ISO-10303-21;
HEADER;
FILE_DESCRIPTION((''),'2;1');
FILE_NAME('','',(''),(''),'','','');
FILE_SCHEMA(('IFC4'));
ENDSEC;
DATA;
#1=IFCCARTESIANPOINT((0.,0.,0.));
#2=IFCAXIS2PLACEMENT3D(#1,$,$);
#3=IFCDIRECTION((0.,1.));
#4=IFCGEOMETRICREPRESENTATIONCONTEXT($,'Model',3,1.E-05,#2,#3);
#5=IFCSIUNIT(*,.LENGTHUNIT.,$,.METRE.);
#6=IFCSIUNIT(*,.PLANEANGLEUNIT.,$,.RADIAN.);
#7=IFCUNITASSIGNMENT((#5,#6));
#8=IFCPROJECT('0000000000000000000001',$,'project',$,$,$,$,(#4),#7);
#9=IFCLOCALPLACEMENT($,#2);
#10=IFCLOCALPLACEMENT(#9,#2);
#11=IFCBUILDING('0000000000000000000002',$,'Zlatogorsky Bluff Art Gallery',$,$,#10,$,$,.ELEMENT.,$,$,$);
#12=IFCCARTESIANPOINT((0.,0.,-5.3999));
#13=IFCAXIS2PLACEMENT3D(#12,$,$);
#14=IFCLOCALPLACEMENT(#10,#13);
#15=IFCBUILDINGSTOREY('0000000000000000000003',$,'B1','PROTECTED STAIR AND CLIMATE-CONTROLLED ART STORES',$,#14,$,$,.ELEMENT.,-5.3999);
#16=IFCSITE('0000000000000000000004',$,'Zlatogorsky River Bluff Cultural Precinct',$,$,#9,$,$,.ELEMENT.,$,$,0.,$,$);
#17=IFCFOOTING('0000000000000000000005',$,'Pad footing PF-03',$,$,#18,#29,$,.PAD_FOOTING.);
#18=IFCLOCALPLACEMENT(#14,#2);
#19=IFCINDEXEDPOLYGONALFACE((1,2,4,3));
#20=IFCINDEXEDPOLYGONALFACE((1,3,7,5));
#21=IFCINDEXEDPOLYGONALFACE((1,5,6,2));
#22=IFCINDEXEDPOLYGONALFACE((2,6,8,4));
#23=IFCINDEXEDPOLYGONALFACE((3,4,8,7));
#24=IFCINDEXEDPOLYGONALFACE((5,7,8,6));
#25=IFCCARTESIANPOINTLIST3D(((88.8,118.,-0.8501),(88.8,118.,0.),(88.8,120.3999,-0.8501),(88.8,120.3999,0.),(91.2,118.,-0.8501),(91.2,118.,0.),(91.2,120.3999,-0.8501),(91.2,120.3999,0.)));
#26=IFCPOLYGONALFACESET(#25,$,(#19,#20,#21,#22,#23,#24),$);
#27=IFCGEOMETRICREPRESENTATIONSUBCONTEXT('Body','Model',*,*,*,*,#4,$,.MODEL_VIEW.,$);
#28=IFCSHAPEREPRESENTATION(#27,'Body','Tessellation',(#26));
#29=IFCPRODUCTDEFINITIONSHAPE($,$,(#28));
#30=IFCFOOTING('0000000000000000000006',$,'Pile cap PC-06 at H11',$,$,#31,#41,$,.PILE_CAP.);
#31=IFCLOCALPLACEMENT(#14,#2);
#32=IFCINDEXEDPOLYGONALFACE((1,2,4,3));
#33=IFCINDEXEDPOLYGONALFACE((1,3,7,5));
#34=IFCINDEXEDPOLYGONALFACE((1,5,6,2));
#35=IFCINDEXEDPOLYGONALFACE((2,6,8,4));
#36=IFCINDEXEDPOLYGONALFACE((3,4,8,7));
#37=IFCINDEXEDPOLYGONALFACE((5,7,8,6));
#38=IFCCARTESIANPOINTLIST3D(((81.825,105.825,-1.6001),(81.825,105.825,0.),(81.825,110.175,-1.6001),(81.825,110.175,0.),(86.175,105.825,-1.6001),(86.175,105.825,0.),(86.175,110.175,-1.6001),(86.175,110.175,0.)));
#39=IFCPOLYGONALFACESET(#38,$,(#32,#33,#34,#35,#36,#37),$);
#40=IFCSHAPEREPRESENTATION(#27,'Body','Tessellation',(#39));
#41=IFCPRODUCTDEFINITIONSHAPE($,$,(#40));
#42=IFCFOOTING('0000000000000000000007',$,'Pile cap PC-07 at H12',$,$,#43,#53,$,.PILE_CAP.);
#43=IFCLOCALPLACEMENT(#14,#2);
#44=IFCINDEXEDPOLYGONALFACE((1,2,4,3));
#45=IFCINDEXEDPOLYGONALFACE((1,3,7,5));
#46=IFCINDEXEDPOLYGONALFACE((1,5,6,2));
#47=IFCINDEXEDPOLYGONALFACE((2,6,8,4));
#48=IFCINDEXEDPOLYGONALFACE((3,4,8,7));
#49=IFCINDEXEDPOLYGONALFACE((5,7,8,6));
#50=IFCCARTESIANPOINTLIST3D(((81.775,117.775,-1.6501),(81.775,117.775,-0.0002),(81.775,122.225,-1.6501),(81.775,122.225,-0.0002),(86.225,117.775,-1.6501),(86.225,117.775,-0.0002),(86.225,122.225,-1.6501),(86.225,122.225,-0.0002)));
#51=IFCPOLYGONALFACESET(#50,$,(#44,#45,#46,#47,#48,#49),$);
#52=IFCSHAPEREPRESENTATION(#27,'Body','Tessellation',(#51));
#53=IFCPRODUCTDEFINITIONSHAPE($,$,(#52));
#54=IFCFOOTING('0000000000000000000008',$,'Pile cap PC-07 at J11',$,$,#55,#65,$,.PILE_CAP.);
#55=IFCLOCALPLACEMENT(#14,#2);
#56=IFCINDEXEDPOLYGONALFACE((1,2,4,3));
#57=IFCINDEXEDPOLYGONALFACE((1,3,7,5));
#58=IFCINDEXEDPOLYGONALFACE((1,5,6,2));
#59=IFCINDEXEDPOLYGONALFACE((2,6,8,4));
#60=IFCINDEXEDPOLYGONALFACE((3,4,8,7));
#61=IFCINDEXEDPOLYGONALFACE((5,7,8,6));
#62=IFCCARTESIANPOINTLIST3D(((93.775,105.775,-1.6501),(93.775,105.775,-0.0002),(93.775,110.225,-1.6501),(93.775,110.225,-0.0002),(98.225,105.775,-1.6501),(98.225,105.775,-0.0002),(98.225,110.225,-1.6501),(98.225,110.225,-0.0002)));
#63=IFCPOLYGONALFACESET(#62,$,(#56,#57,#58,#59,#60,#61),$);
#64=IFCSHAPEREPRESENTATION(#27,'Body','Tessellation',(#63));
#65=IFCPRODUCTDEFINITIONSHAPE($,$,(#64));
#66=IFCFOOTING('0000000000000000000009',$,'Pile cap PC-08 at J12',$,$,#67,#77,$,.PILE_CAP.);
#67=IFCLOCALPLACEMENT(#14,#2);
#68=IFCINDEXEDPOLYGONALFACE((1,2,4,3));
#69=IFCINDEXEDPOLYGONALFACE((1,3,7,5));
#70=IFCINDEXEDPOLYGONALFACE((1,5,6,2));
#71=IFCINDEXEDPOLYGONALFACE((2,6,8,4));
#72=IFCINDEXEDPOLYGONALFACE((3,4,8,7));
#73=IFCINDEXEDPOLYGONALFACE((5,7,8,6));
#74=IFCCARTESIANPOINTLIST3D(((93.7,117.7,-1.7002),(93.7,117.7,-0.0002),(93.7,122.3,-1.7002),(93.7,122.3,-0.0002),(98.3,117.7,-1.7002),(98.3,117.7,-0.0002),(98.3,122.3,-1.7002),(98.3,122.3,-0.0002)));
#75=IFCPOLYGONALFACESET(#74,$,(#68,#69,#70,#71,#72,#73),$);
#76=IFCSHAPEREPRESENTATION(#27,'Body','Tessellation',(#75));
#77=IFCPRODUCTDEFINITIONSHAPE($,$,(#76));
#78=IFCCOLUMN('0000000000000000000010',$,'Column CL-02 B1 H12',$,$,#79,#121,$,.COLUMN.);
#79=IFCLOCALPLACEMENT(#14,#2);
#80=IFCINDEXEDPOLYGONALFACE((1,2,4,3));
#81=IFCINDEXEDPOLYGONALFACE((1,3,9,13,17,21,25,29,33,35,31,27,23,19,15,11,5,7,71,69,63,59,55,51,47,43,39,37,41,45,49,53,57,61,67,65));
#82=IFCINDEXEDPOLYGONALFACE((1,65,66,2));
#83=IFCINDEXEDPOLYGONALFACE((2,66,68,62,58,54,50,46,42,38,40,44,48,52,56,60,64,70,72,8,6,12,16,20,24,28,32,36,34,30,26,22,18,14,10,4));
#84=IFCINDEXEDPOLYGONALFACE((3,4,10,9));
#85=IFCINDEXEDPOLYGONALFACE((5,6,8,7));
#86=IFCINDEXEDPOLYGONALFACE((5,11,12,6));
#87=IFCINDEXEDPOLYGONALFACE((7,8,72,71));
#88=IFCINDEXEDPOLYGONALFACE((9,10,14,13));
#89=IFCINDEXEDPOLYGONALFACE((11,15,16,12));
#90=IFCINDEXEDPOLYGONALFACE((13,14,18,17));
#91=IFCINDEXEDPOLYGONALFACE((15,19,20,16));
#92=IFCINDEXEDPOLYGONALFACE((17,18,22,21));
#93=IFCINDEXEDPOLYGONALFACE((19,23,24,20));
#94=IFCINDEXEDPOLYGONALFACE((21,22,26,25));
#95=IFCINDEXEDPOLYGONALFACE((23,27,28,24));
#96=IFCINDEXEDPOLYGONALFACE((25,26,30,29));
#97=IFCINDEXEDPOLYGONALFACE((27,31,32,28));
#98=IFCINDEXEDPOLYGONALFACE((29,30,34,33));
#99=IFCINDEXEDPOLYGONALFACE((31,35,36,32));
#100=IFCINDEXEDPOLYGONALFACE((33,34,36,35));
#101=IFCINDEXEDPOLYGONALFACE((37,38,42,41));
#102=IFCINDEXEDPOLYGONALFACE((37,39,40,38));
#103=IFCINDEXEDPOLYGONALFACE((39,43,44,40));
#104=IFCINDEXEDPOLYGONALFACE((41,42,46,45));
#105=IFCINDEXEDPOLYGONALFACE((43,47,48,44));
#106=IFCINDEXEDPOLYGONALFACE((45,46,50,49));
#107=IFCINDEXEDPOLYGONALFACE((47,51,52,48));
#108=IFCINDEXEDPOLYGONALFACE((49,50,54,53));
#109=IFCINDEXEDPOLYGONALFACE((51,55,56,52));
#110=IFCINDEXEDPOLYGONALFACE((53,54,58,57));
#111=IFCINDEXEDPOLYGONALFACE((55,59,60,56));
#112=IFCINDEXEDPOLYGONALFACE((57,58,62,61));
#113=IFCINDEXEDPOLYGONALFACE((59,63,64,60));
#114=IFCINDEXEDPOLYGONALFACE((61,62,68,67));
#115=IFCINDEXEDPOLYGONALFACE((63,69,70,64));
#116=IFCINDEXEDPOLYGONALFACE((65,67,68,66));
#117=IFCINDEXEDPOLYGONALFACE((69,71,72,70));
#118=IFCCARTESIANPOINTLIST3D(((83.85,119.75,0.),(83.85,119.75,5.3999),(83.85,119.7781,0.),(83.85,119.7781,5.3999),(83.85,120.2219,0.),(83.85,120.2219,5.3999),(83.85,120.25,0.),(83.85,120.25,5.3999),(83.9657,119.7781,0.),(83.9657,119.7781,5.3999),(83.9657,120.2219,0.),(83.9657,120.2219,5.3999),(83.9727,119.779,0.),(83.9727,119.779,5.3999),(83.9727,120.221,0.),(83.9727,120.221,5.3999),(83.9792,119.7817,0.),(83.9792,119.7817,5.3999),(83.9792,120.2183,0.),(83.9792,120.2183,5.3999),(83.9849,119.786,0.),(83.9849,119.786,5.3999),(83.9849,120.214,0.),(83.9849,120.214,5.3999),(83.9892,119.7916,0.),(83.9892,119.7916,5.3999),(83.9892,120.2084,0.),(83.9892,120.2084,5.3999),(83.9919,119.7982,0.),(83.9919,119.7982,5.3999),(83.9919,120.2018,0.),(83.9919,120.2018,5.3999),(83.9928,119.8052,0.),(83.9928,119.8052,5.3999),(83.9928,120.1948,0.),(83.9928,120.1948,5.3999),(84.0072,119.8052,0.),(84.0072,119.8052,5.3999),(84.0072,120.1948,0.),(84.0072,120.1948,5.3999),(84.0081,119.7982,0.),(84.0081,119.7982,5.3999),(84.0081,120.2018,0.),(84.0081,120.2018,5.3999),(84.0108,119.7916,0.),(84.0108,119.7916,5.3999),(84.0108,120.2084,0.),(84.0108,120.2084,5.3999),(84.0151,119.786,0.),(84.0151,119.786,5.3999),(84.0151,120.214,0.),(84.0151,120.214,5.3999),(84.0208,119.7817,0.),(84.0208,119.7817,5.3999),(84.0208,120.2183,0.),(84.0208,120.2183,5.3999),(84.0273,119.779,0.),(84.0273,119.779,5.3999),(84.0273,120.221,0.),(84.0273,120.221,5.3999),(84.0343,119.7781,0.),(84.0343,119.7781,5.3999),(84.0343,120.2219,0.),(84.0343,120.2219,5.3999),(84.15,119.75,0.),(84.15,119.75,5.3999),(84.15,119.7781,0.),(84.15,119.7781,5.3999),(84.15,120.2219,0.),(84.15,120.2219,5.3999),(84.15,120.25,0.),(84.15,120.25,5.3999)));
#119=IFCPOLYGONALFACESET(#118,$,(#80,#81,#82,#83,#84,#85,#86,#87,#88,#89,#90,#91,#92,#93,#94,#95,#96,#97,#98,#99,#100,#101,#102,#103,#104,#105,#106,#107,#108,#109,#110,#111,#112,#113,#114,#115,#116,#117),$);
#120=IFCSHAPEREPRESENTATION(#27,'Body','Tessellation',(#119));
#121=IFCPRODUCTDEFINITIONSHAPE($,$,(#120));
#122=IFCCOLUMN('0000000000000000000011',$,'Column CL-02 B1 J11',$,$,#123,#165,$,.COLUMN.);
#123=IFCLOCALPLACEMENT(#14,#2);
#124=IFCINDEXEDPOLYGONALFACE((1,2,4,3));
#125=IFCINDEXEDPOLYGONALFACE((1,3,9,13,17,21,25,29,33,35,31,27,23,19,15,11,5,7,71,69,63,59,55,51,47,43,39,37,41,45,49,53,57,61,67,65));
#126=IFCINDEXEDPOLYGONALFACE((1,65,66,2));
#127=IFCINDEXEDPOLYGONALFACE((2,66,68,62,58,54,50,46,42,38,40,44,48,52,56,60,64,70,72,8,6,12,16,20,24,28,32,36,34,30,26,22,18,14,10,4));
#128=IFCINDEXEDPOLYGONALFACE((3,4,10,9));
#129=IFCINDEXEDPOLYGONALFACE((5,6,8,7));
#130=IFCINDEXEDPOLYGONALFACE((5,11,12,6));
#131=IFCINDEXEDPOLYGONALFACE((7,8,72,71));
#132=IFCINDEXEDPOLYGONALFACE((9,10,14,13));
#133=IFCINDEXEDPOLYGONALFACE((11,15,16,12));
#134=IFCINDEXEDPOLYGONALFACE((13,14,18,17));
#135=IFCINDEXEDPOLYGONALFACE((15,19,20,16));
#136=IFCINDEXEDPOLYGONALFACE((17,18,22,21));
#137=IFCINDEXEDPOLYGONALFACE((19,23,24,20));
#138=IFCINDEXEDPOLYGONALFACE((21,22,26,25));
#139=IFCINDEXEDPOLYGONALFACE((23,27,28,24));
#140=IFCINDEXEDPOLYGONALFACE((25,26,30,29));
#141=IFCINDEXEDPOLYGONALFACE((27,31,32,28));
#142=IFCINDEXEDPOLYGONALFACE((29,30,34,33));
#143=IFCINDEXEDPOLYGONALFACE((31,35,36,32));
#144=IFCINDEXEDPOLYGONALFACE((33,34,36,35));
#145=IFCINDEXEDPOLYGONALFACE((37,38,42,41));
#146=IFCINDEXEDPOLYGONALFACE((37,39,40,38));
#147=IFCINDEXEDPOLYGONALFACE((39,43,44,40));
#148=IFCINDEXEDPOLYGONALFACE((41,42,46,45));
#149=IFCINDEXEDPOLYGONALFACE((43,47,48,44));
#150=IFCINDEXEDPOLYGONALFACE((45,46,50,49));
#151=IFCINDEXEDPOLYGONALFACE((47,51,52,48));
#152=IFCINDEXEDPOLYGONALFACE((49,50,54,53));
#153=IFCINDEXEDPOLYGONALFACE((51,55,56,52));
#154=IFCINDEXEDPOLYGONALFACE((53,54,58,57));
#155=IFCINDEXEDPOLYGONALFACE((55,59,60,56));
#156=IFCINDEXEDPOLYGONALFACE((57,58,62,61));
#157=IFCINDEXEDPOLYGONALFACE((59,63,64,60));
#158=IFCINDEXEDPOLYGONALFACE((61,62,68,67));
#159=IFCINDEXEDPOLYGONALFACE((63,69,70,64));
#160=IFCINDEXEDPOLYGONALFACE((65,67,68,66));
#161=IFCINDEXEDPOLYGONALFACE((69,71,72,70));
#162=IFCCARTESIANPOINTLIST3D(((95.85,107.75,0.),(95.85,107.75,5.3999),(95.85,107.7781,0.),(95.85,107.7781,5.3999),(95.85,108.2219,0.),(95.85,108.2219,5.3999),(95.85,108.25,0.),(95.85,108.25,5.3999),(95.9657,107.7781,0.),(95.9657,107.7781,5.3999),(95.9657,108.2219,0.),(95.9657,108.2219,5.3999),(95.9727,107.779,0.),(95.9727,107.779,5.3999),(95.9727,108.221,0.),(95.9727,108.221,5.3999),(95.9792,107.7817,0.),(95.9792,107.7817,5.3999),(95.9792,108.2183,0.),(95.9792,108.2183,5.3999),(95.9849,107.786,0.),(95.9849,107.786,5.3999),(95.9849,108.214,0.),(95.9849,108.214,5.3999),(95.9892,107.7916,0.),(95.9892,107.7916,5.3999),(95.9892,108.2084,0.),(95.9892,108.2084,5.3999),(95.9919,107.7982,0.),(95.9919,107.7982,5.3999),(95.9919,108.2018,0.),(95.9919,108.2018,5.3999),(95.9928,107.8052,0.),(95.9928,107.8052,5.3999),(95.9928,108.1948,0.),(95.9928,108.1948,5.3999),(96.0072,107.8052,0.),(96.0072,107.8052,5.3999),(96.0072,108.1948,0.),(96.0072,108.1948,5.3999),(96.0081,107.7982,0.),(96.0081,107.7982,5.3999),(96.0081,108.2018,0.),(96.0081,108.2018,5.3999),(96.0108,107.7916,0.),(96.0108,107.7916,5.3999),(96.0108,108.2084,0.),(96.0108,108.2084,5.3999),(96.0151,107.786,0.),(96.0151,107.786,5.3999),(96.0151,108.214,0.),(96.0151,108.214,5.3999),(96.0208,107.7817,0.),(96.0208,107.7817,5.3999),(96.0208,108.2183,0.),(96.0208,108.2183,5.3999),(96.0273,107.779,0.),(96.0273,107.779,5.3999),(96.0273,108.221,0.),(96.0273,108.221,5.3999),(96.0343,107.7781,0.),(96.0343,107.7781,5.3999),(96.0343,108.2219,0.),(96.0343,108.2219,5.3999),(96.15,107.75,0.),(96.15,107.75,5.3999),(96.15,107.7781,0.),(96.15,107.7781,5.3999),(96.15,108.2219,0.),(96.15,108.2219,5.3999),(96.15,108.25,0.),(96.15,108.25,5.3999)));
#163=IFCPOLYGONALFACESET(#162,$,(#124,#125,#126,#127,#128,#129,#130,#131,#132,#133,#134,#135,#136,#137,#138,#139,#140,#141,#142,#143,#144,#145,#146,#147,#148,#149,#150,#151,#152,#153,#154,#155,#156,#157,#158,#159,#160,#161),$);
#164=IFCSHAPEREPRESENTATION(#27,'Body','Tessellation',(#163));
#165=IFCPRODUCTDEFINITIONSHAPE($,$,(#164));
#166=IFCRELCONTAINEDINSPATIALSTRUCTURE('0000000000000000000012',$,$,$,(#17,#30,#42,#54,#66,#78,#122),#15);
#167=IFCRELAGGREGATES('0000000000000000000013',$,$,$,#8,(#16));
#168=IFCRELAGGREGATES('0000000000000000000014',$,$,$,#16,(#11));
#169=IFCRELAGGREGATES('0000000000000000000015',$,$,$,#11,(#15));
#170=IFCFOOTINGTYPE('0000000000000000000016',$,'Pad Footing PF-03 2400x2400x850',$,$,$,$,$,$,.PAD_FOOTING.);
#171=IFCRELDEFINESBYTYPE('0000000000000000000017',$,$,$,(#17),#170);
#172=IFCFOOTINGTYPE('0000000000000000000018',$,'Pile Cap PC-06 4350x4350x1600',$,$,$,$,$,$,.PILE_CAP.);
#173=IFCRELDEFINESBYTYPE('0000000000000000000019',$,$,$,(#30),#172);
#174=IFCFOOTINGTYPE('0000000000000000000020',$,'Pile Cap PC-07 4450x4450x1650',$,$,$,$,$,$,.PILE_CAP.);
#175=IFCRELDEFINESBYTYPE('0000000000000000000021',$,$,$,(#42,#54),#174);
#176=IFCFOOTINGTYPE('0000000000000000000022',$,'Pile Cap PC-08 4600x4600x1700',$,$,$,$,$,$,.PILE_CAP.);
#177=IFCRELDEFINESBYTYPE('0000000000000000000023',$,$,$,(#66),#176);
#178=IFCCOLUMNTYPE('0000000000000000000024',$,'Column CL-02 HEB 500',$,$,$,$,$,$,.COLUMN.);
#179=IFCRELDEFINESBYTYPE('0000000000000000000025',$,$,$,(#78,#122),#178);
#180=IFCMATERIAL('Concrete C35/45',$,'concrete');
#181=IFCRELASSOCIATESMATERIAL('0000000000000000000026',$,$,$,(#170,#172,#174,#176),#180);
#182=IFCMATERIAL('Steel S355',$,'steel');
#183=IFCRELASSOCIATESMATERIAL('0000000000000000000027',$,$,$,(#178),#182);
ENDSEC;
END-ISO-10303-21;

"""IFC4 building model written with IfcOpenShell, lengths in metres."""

from ifc_helpers import new_model, si_unit, direction, frame, origin, origin_2d, place, context, subcontext, project, spatial, rectangle, i_section, extrude, material, material_profile, profile_set, type_object, element, save


model = new_model("IFC4")

# Units and contexts
model_context = context("Model", 3, precision=1e-05, world=origin(), true_north=direction((0.0, 1.0)))
body_context = subcontext(model_context, "Body", "Model", "MODEL_VIEW")
ifc_project = project(units=[si_unit("LENGTHUNIT", "METRE"), si_unit("PLANEANGLEUNIT", "RADIAN")], contexts=[model_context])

# Site, building, storey
site_placement = place(None, origin())
site = spatial("IfcSite", under=ifc_project, at=site_placement, Name="Zlatogorsky River Bluff Cultural Precinct", CompositionType="ELEMENT", RefElevation=0.0)
building_placement = place(site_placement, origin())
building = spatial("IfcBuilding", under=site, at=building_placement, Name="Zlatogorsky Bluff Art Gallery", CompositionType="ELEMENT")
storey_placement = place(building_placement, frame((0.0, 0.0, -5.3999)))
storey = spatial("IfcBuildingStorey", under=building, at=storey_placement, Name="B1", Description="PROTECTED STAIR AND CLIMATE-CONTROLLED ART STORES", CompositionType="ELEMENT", Elevation=-5.3999)

# Shared definitions
ifc_material_1 = material(Name="Concrete C35/45", Category="concrete")

# Footings
footing_type_1 = type_object("IfcFootingType", Name="Pad Footing PF-03 2400x2400x850", PredefinedType="PAD_FOOTING", material=ifc_material_1)
footing_1_placement = place(storey_placement, frame((90.0, 119.2, -0.8501), z_axis=(0.0, 0.0, 1.0), x_axis=(1.0, 0.0, 0.0)))
element("IfcFooting", 1, at=footing_1_placement, inside=storey, type_object=footing_type_1, Name="Pad footing PF-03", PredefinedType="PAD_FOOTING", context=body_context, shape_type="SweptSolid", body=[
    extrude(rectangle(XDim=2.3999, YDim=2.3999, at=origin_2d()), origin(), (0.0, 0.0, 1.0), 0.8501),
])
footing_type_2 = type_object("IfcFootingType", Name="Pile Cap PC-06 4350x4350x1600", PredefinedType="PILE_CAP", material=ifc_material_1)
footing_2_placement = place(storey_placement, frame((84.0, 108.0, -1.6001), z_axis=(0.0, 0.0, 1.0), x_axis=(1.0, 0.0, 0.0)))
element("IfcFooting", 2, at=footing_2_placement, inside=storey, type_object=footing_type_2, Name="Pile cap PC-06 at H11", PredefinedType="PILE_CAP", context=body_context, shape_type="SweptSolid", body=[
    extrude(rectangle(XDim=4.3501, YDim=4.3501, at=origin_2d()), origin(), (0.0, 0.0, 1.0), 1.6001),
])
footing_type_3 = type_object("IfcFootingType", Name="Pile Cap PC-07 4450x4450x1650", PredefinedType="PILE_CAP", material=ifc_material_1)
for number, where, z_axis, x_axis, name in (
    (3, (84.0, 120.0, -1.6501), (0.0, 0.0, 1.0), (1.0, 0.0, 0.0), "Pile cap PC-07 at H12"),
    (4, (96.0, 108.0, -1.6501), (0.0, 0.0, 1.0), (1.0, 0.0, 0.0), "Pile cap PC-07 at J11"),
):
    element("IfcFooting", number, at=place(storey_placement, frame(where, z_axis=z_axis, x_axis=x_axis)), inside=storey, type_object=footing_type_3, Name=name, PredefinedType="PILE_CAP", context=body_context, shape_type="SweptSolid", body=[
        extrude(rectangle(XDim=4.45, YDim=4.45, at=origin_2d()), origin(), (0.0, 0.0, 1.0), 1.6499),
    ])
footing_type_4 = type_object("IfcFootingType", Name="Pile Cap PC-08 4600x4600x1700", PredefinedType="PILE_CAP", material=ifc_material_1)
footing_3_placement = place(storey_placement, frame((96.0, 120.0, -1.7002), z_axis=(0.0, 0.0, 1.0), x_axis=(1.0, 0.0, 0.0)))
element("IfcFooting", 5, at=footing_3_placement, inside=storey, type_object=footing_type_4, Name="Pile cap PC-08 at J12", PredefinedType="PILE_CAP", context=body_context, shape_type="SweptSolid", body=[
    extrude(rectangle(XDim=4.6001, YDim=4.6001, at=origin_2d()), origin(), (0.0, 0.0, 1.0), 1.7),
])

# Columns
ifc_material_2 = material(Name="Steel S355", Category="steel")
ifc_material_profile_1 = material_profile(ifc_material_2, i_section(OverallWidth=0.3, OverallDepth=0.5, WebThickness=0.0144, FlangeThickness=0.0281, FilletRadius=0.0271, at=origin_2d()), Name="HEB 500")
ifc_profile_set_1 = profile_set([ifc_material_profile_1], Name="Steel S355")
column_type_1 = type_object("IfcColumnType", Name="Column CL-02 HEB 500", PredefinedType="COLUMN", material=ifc_profile_set_1)
for number, where, z_axis, x_axis, name in (
    (6, (84.0, 120.0, 0.0), (0.0, 0.0, 1.0), (1.0, 0.0, 0.0), "Column CL-02 B1 H12"),
    (7, (96.0, 108.0, 0.0), (0.0, 0.0, 1.0), (1.0, 0.0, 0.0), "Column CL-02 B1 J11"),
):
    element("IfcColumn", number, at=place(storey_placement, frame(where, z_axis=z_axis, x_axis=x_axis)), inside=storey, type_object=column_type_1, Name=name, PredefinedType="COLUMN", context=body_context, shape_type="SweptSolid", body=[
        extrude(i_section(OverallWidth=0.3, OverallDepth=0.5, WebThickness=0.0144, FlangeThickness=0.0281, FilletRadius=0.0271, at=origin_2d()), origin(), (0.0, 0.0, 1.0), 5.3999),
    ])

save(model, "model.ifc")
